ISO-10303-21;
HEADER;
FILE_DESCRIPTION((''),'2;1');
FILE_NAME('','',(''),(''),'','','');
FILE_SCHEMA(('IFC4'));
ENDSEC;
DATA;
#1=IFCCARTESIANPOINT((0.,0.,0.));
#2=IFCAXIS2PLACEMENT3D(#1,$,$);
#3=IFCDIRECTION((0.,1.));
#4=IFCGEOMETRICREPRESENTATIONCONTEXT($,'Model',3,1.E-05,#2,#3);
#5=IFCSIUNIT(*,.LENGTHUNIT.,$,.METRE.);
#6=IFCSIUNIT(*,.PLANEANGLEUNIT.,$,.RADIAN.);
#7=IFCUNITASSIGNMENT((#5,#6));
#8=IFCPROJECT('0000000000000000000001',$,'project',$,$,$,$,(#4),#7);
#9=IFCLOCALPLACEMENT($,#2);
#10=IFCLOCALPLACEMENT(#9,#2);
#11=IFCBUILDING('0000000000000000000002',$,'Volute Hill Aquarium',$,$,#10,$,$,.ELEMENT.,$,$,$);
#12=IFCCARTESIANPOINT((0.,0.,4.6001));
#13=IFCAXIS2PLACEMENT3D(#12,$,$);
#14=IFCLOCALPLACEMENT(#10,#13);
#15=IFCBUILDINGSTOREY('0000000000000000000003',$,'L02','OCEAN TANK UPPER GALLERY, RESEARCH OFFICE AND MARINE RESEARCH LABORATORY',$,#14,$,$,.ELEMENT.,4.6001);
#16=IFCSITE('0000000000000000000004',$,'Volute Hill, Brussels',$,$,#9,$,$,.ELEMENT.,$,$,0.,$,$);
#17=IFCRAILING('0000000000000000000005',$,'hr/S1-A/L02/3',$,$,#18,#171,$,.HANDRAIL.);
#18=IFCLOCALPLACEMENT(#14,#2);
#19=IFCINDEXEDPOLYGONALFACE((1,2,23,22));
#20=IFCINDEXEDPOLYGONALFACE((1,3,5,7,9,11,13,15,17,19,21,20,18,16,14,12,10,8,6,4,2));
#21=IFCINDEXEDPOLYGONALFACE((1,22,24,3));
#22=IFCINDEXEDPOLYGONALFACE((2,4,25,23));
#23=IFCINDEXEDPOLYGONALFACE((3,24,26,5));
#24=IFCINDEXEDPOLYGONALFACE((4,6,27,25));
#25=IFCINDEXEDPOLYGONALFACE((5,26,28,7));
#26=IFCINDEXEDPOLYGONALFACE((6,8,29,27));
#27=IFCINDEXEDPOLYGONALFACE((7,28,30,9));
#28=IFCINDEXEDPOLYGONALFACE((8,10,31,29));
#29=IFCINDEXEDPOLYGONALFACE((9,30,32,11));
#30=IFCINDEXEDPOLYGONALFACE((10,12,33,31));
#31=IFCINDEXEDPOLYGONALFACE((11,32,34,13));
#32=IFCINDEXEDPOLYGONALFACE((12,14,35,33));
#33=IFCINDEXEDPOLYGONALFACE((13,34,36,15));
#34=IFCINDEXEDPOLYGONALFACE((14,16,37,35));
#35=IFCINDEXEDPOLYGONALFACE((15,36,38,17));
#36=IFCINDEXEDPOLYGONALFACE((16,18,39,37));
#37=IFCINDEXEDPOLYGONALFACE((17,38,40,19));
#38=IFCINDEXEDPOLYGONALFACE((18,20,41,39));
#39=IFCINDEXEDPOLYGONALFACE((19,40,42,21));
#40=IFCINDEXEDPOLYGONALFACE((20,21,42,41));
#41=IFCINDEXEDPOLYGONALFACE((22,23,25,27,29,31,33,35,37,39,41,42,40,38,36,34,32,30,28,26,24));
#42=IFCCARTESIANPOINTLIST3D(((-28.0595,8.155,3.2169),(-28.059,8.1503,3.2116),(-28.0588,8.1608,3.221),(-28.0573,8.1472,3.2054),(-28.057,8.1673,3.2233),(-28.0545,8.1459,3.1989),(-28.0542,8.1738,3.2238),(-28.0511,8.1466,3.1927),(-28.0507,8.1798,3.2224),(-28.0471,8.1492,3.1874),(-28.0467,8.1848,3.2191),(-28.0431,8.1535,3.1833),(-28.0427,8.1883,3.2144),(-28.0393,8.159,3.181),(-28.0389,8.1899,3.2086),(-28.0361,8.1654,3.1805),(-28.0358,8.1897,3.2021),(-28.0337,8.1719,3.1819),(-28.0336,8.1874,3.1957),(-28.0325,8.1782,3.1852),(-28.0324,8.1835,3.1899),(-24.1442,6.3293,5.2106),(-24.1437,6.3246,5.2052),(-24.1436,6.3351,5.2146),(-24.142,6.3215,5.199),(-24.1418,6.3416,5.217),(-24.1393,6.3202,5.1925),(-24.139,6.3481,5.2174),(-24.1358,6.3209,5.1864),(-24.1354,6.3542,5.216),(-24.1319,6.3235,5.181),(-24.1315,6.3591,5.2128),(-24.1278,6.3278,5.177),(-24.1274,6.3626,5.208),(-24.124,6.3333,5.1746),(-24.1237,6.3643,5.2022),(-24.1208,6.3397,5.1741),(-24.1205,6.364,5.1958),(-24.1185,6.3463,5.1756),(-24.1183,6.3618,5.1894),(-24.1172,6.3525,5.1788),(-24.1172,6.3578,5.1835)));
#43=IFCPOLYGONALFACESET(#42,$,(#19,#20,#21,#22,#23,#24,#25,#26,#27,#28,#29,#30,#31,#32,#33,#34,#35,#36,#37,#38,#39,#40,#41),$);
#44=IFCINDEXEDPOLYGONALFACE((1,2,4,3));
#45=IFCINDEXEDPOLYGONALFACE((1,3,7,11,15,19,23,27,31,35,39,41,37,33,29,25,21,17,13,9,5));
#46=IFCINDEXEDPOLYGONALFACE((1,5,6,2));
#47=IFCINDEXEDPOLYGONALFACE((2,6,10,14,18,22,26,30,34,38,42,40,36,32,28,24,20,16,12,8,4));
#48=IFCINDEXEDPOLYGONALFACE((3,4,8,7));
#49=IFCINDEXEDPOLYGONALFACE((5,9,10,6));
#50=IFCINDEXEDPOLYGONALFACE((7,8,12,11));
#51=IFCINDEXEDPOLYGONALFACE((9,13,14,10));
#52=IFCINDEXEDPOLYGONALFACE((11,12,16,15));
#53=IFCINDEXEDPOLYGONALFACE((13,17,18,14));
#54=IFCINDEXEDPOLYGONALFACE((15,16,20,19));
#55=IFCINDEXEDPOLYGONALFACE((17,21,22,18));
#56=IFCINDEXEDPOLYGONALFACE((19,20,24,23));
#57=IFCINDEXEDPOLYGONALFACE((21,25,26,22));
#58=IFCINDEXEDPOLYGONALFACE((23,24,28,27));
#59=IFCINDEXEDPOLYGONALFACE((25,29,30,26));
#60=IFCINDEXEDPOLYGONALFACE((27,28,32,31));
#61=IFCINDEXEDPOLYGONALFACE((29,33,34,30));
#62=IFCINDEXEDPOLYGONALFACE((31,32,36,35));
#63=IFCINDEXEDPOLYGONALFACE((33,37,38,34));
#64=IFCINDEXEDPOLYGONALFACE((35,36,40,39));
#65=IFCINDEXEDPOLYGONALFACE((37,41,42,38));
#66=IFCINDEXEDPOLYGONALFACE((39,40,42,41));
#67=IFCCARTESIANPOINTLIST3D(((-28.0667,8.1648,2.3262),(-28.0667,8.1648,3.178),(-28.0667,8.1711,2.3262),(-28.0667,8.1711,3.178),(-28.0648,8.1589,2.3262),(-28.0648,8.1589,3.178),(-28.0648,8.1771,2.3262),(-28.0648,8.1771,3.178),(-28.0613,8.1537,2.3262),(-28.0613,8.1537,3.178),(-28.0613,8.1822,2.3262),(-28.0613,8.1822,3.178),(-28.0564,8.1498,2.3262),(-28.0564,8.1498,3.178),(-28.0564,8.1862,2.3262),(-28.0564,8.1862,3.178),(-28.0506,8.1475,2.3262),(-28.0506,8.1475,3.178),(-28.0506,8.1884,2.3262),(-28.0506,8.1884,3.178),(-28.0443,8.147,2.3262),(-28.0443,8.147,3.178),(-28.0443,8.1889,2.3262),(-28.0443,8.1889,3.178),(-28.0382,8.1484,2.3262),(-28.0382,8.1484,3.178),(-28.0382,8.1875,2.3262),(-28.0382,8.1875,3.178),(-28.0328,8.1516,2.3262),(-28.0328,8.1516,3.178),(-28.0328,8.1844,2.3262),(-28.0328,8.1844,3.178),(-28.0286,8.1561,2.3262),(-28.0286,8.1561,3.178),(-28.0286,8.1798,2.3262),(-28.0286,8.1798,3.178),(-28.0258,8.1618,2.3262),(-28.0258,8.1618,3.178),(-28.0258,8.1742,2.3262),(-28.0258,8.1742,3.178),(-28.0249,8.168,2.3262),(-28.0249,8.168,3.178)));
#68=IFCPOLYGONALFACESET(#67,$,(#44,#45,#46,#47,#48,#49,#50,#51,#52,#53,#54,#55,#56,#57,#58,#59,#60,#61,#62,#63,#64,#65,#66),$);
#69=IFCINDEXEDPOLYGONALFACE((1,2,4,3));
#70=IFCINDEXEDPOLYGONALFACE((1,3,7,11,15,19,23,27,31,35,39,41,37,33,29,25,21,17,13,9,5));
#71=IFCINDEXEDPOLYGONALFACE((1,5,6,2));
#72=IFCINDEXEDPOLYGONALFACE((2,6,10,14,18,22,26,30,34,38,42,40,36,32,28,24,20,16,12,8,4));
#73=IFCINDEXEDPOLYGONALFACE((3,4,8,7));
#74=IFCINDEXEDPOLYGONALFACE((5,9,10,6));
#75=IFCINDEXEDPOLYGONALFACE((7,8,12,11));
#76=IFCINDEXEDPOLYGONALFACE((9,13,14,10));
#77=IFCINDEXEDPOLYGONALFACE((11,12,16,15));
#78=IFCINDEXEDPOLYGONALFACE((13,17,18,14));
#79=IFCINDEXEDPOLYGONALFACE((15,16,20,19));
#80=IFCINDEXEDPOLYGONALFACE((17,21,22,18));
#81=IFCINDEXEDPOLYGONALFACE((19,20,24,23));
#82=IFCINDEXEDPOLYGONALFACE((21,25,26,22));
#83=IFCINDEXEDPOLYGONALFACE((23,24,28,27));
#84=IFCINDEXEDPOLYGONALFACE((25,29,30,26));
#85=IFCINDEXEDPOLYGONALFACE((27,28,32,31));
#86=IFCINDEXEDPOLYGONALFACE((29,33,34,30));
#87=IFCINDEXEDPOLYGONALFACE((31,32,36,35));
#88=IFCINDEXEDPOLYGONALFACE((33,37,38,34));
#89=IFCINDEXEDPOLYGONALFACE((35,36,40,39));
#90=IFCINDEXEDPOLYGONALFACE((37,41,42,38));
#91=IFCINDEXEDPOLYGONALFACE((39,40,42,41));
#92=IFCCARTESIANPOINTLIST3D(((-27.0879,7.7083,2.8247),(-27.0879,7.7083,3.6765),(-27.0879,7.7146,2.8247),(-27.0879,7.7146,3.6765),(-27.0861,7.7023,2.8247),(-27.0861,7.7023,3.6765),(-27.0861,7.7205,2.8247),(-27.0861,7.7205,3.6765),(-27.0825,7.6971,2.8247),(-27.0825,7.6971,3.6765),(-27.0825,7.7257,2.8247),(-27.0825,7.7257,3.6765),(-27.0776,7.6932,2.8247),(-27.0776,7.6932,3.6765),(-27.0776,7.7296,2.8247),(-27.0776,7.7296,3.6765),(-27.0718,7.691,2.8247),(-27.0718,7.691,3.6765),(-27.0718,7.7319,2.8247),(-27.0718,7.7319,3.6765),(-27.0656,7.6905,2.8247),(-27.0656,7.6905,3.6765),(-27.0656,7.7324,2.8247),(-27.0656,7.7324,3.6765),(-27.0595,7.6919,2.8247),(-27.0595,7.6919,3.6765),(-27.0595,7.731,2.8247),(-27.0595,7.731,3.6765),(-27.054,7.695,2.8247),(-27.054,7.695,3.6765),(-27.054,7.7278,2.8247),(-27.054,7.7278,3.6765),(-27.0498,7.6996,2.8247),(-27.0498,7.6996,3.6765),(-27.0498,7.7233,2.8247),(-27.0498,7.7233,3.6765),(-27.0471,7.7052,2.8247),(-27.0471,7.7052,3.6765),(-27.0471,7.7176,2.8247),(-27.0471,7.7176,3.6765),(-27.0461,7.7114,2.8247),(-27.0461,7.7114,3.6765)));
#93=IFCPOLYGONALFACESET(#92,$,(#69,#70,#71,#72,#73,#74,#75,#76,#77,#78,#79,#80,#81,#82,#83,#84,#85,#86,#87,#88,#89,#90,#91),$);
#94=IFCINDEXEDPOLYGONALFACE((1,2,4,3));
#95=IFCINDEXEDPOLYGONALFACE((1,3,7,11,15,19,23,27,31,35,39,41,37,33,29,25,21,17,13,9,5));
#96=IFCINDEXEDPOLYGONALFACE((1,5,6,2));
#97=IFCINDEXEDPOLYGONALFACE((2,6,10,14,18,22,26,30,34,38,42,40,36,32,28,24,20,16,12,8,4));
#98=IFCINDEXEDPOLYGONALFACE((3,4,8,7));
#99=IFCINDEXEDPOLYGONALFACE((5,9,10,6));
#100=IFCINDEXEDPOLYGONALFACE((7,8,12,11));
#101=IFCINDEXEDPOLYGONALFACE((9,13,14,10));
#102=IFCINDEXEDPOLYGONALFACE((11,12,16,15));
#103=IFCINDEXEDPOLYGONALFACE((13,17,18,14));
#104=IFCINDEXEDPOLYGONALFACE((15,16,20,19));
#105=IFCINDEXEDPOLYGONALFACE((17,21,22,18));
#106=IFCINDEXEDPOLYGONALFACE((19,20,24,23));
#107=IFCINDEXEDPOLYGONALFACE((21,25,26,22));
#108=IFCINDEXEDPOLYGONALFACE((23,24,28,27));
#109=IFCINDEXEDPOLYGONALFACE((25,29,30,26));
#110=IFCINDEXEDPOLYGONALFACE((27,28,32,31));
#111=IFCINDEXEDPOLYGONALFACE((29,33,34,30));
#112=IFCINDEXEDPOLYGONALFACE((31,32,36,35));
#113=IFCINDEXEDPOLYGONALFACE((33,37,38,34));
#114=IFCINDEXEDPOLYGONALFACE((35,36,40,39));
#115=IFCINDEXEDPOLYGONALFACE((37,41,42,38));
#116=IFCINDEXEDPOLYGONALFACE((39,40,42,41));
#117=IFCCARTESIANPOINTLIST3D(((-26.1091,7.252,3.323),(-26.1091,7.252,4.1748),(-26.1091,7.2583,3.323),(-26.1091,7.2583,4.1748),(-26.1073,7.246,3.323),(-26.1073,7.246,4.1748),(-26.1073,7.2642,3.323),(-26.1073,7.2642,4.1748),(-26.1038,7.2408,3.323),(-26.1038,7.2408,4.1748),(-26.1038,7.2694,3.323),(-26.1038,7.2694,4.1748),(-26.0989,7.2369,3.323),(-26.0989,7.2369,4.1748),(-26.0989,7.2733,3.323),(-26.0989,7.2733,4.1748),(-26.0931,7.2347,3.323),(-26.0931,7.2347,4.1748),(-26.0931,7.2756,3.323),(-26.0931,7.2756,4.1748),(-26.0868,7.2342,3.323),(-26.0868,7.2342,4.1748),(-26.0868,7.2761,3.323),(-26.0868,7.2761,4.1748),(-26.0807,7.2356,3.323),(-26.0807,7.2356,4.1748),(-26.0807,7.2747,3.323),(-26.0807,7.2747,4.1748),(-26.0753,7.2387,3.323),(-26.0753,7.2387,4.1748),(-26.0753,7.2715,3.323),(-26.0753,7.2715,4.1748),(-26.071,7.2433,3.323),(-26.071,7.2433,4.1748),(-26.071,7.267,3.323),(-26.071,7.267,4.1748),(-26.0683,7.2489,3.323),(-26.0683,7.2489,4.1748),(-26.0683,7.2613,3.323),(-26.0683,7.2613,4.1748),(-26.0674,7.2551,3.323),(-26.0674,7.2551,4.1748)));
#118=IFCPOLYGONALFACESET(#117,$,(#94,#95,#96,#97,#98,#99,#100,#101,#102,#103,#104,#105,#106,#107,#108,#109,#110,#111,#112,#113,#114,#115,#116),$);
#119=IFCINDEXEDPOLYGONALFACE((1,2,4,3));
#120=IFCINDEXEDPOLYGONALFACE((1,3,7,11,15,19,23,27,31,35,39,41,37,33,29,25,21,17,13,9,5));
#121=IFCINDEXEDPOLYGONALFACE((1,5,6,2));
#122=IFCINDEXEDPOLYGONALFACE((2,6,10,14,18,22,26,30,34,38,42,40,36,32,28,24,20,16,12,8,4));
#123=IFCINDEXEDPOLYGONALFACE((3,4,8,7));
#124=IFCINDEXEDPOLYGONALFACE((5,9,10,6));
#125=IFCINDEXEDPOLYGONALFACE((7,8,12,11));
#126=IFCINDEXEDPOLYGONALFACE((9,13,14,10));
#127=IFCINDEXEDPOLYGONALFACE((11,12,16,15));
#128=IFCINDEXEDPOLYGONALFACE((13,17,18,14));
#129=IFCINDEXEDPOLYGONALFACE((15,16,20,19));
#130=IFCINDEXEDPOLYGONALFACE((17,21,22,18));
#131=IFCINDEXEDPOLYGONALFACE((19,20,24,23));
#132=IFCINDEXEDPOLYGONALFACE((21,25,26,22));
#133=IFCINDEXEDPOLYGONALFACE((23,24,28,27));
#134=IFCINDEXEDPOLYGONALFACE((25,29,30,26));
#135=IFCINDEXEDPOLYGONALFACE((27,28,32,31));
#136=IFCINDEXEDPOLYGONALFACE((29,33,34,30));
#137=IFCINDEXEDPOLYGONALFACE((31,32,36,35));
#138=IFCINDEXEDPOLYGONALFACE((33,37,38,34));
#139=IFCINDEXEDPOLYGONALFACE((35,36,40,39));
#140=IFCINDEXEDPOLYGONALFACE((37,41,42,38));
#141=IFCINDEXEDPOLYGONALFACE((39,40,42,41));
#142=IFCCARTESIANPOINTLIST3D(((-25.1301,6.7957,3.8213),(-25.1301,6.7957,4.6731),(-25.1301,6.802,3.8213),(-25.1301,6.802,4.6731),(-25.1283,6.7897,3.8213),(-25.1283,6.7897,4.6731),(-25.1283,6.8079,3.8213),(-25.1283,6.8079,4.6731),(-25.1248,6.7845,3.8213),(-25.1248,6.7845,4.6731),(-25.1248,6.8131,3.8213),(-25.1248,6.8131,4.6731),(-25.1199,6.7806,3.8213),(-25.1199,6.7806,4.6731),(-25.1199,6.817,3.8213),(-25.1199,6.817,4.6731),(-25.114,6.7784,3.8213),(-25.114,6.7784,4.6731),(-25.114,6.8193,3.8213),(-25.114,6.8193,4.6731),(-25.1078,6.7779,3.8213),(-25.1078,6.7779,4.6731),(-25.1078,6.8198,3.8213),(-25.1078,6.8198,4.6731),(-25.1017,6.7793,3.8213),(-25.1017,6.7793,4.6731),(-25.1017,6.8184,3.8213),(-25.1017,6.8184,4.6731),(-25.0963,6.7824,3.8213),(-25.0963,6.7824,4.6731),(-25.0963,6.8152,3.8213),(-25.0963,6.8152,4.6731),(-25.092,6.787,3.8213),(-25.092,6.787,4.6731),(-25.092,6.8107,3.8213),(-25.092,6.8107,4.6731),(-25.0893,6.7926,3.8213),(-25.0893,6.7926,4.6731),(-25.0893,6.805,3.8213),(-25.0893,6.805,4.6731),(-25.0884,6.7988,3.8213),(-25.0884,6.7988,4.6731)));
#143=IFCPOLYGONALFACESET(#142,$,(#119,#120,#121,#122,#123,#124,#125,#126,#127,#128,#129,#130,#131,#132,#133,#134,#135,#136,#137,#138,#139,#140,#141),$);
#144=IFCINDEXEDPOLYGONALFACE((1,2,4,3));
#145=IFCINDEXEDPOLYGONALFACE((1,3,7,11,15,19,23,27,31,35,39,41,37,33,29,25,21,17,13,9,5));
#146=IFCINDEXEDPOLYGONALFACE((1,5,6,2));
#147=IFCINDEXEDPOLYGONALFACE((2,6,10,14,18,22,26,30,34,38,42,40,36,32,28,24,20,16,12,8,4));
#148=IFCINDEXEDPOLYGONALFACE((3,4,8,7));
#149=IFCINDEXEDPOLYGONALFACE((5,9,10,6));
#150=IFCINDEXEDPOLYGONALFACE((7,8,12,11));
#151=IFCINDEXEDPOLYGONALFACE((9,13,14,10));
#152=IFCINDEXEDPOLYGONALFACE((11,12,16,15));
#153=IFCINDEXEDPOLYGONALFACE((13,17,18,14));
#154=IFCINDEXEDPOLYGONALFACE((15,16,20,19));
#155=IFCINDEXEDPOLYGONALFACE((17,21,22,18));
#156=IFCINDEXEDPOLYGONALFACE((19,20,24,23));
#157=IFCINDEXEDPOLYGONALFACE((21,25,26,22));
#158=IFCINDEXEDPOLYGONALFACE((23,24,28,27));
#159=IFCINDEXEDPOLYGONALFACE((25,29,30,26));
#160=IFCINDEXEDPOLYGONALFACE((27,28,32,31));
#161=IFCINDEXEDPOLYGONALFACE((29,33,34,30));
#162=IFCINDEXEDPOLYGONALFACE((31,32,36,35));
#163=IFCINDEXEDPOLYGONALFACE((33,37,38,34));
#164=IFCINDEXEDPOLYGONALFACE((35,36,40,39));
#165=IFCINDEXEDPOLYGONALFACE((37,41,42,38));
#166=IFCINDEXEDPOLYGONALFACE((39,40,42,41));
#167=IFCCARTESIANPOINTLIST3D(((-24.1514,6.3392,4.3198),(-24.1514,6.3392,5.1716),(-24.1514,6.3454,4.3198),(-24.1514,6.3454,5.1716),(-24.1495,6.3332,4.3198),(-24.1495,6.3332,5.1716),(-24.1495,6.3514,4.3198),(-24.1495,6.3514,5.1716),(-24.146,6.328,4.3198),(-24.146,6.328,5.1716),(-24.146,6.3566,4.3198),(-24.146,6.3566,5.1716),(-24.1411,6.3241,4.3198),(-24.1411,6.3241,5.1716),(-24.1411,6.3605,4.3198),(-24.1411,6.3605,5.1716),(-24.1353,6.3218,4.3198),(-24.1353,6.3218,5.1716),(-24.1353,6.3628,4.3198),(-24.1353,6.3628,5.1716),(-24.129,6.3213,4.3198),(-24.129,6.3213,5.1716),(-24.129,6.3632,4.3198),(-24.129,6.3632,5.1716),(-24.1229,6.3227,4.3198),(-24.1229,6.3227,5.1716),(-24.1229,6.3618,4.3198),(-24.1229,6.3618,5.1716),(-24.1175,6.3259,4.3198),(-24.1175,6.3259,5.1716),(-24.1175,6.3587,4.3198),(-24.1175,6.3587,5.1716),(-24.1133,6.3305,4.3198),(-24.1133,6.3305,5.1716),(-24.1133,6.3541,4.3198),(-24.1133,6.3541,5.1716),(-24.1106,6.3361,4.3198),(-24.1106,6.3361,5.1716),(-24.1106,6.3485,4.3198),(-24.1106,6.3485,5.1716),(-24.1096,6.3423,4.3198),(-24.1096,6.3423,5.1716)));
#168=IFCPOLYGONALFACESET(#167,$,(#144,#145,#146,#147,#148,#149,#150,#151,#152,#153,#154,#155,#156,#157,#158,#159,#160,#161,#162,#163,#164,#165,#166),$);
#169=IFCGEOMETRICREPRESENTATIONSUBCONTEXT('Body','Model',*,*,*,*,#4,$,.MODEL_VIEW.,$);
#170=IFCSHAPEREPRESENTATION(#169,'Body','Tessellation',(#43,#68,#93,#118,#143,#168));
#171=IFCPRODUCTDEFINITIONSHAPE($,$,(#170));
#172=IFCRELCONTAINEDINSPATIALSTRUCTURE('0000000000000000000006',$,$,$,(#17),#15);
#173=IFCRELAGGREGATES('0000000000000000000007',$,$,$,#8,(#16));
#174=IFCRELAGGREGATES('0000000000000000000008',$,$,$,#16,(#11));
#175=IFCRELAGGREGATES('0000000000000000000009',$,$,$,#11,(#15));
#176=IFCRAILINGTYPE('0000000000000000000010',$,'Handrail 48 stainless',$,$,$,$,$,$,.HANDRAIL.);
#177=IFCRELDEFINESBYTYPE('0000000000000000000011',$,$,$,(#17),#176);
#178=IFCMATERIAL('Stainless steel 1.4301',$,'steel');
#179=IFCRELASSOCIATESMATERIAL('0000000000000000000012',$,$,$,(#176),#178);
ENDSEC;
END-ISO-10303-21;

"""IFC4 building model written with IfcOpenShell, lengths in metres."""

from ifc_helpers import new_model, si_unit, direction, frame, origin, origin_2d, place, context, subcontext, project, spatial, circle, extrude, material, type_object, element, save


model = new_model("IFC4")

# Units and contexts
model_context = context("Model", 3, precision=1e-05, world=origin(), true_north=direction((0.0, 1.0)))
body_context = subcontext(model_context, "Body", "Model", "MODEL_VIEW")
ifc_project = project(units=[si_unit("LENGTHUNIT", "METRE"), si_unit("PLANEANGLEUNIT", "RADIAN")], contexts=[model_context])

# Site, building, storey
site_placement = place(None, origin())
site = spatial("IfcSite", under=ifc_project, at=site_placement, Name="Volute Hill, Brussels", CompositionType="ELEMENT", RefElevation=0.0)
building_placement = place(site_placement, origin())
building = spatial("IfcBuilding", under=site, at=building_placement, Name="Volute Hill Aquarium", CompositionType="ELEMENT")
storey_placement = place(building_placement, frame((0.0, 0.0, 4.6001)))
storey = spatial("IfcBuildingStorey", under=building, at=storey_placement, Name="L02", Description="OCEAN TANK UPPER GALLERY, RESEARCH OFFICE AND MARINE RESEARCH LABORATORY", CompositionType="ELEMENT", Elevation=4.6001)

# Railing
ifc_material_1 = material(Name="Stainless steel 1.4301", Category="steel")
railing_type_1 = type_object("IfcRailingType", Name="Handrail 48 stainless", PredefinedType="HANDRAIL", material=ifc_material_1)
railing_1_placement = place(storey_placement, frame((-28.0459, 8.168, 2.3262)))
element("IfcRailing", 1, at=railing_1_placement, inside=storey, type_object=railing_type_1, Name="hr/S1-A/L02/3", PredefinedType="HANDRAIL", context=body_context, shape_type="SweptSolid", body=[
    extrude(circle(Radius=0.0239, at=origin_2d()), frame((0.0, 0.0, 0.876), z_axis=(0.822909, -0.38372, 0.419023), x_axis=(0.42261, 0.906312, 0.0)), (0.0, 0.0, 1.0), 4.7578),
    extrude(circle(Radius=0.021, at=origin_2d()), origin(), (0.0, 0.0, 1.0), 0.8518),
    extrude(circle(Radius=0.021, at=origin_2d()), frame((0.9788, -0.4565, 0.4985)), (0.0, 0.0, 1.0), 0.8518),
    extrude(circle(Radius=0.021, at=origin_2d()), frame((1.9575, -0.9128, 0.9968)), (0.0, 0.0, 1.0), 0.8518),
    extrude(circle(Radius=0.021, at=origin_2d()), frame((2.9365, -1.3691, 1.4951)), (0.0, 0.0, 1.0), 0.8518),
    extrude(circle(Radius=0.021, at=origin_2d()), frame((3.9153, -1.8257, 1.9937)), (0.0, 0.0, 1.0), 0.8518),
])

save(model, "model.ifc")
